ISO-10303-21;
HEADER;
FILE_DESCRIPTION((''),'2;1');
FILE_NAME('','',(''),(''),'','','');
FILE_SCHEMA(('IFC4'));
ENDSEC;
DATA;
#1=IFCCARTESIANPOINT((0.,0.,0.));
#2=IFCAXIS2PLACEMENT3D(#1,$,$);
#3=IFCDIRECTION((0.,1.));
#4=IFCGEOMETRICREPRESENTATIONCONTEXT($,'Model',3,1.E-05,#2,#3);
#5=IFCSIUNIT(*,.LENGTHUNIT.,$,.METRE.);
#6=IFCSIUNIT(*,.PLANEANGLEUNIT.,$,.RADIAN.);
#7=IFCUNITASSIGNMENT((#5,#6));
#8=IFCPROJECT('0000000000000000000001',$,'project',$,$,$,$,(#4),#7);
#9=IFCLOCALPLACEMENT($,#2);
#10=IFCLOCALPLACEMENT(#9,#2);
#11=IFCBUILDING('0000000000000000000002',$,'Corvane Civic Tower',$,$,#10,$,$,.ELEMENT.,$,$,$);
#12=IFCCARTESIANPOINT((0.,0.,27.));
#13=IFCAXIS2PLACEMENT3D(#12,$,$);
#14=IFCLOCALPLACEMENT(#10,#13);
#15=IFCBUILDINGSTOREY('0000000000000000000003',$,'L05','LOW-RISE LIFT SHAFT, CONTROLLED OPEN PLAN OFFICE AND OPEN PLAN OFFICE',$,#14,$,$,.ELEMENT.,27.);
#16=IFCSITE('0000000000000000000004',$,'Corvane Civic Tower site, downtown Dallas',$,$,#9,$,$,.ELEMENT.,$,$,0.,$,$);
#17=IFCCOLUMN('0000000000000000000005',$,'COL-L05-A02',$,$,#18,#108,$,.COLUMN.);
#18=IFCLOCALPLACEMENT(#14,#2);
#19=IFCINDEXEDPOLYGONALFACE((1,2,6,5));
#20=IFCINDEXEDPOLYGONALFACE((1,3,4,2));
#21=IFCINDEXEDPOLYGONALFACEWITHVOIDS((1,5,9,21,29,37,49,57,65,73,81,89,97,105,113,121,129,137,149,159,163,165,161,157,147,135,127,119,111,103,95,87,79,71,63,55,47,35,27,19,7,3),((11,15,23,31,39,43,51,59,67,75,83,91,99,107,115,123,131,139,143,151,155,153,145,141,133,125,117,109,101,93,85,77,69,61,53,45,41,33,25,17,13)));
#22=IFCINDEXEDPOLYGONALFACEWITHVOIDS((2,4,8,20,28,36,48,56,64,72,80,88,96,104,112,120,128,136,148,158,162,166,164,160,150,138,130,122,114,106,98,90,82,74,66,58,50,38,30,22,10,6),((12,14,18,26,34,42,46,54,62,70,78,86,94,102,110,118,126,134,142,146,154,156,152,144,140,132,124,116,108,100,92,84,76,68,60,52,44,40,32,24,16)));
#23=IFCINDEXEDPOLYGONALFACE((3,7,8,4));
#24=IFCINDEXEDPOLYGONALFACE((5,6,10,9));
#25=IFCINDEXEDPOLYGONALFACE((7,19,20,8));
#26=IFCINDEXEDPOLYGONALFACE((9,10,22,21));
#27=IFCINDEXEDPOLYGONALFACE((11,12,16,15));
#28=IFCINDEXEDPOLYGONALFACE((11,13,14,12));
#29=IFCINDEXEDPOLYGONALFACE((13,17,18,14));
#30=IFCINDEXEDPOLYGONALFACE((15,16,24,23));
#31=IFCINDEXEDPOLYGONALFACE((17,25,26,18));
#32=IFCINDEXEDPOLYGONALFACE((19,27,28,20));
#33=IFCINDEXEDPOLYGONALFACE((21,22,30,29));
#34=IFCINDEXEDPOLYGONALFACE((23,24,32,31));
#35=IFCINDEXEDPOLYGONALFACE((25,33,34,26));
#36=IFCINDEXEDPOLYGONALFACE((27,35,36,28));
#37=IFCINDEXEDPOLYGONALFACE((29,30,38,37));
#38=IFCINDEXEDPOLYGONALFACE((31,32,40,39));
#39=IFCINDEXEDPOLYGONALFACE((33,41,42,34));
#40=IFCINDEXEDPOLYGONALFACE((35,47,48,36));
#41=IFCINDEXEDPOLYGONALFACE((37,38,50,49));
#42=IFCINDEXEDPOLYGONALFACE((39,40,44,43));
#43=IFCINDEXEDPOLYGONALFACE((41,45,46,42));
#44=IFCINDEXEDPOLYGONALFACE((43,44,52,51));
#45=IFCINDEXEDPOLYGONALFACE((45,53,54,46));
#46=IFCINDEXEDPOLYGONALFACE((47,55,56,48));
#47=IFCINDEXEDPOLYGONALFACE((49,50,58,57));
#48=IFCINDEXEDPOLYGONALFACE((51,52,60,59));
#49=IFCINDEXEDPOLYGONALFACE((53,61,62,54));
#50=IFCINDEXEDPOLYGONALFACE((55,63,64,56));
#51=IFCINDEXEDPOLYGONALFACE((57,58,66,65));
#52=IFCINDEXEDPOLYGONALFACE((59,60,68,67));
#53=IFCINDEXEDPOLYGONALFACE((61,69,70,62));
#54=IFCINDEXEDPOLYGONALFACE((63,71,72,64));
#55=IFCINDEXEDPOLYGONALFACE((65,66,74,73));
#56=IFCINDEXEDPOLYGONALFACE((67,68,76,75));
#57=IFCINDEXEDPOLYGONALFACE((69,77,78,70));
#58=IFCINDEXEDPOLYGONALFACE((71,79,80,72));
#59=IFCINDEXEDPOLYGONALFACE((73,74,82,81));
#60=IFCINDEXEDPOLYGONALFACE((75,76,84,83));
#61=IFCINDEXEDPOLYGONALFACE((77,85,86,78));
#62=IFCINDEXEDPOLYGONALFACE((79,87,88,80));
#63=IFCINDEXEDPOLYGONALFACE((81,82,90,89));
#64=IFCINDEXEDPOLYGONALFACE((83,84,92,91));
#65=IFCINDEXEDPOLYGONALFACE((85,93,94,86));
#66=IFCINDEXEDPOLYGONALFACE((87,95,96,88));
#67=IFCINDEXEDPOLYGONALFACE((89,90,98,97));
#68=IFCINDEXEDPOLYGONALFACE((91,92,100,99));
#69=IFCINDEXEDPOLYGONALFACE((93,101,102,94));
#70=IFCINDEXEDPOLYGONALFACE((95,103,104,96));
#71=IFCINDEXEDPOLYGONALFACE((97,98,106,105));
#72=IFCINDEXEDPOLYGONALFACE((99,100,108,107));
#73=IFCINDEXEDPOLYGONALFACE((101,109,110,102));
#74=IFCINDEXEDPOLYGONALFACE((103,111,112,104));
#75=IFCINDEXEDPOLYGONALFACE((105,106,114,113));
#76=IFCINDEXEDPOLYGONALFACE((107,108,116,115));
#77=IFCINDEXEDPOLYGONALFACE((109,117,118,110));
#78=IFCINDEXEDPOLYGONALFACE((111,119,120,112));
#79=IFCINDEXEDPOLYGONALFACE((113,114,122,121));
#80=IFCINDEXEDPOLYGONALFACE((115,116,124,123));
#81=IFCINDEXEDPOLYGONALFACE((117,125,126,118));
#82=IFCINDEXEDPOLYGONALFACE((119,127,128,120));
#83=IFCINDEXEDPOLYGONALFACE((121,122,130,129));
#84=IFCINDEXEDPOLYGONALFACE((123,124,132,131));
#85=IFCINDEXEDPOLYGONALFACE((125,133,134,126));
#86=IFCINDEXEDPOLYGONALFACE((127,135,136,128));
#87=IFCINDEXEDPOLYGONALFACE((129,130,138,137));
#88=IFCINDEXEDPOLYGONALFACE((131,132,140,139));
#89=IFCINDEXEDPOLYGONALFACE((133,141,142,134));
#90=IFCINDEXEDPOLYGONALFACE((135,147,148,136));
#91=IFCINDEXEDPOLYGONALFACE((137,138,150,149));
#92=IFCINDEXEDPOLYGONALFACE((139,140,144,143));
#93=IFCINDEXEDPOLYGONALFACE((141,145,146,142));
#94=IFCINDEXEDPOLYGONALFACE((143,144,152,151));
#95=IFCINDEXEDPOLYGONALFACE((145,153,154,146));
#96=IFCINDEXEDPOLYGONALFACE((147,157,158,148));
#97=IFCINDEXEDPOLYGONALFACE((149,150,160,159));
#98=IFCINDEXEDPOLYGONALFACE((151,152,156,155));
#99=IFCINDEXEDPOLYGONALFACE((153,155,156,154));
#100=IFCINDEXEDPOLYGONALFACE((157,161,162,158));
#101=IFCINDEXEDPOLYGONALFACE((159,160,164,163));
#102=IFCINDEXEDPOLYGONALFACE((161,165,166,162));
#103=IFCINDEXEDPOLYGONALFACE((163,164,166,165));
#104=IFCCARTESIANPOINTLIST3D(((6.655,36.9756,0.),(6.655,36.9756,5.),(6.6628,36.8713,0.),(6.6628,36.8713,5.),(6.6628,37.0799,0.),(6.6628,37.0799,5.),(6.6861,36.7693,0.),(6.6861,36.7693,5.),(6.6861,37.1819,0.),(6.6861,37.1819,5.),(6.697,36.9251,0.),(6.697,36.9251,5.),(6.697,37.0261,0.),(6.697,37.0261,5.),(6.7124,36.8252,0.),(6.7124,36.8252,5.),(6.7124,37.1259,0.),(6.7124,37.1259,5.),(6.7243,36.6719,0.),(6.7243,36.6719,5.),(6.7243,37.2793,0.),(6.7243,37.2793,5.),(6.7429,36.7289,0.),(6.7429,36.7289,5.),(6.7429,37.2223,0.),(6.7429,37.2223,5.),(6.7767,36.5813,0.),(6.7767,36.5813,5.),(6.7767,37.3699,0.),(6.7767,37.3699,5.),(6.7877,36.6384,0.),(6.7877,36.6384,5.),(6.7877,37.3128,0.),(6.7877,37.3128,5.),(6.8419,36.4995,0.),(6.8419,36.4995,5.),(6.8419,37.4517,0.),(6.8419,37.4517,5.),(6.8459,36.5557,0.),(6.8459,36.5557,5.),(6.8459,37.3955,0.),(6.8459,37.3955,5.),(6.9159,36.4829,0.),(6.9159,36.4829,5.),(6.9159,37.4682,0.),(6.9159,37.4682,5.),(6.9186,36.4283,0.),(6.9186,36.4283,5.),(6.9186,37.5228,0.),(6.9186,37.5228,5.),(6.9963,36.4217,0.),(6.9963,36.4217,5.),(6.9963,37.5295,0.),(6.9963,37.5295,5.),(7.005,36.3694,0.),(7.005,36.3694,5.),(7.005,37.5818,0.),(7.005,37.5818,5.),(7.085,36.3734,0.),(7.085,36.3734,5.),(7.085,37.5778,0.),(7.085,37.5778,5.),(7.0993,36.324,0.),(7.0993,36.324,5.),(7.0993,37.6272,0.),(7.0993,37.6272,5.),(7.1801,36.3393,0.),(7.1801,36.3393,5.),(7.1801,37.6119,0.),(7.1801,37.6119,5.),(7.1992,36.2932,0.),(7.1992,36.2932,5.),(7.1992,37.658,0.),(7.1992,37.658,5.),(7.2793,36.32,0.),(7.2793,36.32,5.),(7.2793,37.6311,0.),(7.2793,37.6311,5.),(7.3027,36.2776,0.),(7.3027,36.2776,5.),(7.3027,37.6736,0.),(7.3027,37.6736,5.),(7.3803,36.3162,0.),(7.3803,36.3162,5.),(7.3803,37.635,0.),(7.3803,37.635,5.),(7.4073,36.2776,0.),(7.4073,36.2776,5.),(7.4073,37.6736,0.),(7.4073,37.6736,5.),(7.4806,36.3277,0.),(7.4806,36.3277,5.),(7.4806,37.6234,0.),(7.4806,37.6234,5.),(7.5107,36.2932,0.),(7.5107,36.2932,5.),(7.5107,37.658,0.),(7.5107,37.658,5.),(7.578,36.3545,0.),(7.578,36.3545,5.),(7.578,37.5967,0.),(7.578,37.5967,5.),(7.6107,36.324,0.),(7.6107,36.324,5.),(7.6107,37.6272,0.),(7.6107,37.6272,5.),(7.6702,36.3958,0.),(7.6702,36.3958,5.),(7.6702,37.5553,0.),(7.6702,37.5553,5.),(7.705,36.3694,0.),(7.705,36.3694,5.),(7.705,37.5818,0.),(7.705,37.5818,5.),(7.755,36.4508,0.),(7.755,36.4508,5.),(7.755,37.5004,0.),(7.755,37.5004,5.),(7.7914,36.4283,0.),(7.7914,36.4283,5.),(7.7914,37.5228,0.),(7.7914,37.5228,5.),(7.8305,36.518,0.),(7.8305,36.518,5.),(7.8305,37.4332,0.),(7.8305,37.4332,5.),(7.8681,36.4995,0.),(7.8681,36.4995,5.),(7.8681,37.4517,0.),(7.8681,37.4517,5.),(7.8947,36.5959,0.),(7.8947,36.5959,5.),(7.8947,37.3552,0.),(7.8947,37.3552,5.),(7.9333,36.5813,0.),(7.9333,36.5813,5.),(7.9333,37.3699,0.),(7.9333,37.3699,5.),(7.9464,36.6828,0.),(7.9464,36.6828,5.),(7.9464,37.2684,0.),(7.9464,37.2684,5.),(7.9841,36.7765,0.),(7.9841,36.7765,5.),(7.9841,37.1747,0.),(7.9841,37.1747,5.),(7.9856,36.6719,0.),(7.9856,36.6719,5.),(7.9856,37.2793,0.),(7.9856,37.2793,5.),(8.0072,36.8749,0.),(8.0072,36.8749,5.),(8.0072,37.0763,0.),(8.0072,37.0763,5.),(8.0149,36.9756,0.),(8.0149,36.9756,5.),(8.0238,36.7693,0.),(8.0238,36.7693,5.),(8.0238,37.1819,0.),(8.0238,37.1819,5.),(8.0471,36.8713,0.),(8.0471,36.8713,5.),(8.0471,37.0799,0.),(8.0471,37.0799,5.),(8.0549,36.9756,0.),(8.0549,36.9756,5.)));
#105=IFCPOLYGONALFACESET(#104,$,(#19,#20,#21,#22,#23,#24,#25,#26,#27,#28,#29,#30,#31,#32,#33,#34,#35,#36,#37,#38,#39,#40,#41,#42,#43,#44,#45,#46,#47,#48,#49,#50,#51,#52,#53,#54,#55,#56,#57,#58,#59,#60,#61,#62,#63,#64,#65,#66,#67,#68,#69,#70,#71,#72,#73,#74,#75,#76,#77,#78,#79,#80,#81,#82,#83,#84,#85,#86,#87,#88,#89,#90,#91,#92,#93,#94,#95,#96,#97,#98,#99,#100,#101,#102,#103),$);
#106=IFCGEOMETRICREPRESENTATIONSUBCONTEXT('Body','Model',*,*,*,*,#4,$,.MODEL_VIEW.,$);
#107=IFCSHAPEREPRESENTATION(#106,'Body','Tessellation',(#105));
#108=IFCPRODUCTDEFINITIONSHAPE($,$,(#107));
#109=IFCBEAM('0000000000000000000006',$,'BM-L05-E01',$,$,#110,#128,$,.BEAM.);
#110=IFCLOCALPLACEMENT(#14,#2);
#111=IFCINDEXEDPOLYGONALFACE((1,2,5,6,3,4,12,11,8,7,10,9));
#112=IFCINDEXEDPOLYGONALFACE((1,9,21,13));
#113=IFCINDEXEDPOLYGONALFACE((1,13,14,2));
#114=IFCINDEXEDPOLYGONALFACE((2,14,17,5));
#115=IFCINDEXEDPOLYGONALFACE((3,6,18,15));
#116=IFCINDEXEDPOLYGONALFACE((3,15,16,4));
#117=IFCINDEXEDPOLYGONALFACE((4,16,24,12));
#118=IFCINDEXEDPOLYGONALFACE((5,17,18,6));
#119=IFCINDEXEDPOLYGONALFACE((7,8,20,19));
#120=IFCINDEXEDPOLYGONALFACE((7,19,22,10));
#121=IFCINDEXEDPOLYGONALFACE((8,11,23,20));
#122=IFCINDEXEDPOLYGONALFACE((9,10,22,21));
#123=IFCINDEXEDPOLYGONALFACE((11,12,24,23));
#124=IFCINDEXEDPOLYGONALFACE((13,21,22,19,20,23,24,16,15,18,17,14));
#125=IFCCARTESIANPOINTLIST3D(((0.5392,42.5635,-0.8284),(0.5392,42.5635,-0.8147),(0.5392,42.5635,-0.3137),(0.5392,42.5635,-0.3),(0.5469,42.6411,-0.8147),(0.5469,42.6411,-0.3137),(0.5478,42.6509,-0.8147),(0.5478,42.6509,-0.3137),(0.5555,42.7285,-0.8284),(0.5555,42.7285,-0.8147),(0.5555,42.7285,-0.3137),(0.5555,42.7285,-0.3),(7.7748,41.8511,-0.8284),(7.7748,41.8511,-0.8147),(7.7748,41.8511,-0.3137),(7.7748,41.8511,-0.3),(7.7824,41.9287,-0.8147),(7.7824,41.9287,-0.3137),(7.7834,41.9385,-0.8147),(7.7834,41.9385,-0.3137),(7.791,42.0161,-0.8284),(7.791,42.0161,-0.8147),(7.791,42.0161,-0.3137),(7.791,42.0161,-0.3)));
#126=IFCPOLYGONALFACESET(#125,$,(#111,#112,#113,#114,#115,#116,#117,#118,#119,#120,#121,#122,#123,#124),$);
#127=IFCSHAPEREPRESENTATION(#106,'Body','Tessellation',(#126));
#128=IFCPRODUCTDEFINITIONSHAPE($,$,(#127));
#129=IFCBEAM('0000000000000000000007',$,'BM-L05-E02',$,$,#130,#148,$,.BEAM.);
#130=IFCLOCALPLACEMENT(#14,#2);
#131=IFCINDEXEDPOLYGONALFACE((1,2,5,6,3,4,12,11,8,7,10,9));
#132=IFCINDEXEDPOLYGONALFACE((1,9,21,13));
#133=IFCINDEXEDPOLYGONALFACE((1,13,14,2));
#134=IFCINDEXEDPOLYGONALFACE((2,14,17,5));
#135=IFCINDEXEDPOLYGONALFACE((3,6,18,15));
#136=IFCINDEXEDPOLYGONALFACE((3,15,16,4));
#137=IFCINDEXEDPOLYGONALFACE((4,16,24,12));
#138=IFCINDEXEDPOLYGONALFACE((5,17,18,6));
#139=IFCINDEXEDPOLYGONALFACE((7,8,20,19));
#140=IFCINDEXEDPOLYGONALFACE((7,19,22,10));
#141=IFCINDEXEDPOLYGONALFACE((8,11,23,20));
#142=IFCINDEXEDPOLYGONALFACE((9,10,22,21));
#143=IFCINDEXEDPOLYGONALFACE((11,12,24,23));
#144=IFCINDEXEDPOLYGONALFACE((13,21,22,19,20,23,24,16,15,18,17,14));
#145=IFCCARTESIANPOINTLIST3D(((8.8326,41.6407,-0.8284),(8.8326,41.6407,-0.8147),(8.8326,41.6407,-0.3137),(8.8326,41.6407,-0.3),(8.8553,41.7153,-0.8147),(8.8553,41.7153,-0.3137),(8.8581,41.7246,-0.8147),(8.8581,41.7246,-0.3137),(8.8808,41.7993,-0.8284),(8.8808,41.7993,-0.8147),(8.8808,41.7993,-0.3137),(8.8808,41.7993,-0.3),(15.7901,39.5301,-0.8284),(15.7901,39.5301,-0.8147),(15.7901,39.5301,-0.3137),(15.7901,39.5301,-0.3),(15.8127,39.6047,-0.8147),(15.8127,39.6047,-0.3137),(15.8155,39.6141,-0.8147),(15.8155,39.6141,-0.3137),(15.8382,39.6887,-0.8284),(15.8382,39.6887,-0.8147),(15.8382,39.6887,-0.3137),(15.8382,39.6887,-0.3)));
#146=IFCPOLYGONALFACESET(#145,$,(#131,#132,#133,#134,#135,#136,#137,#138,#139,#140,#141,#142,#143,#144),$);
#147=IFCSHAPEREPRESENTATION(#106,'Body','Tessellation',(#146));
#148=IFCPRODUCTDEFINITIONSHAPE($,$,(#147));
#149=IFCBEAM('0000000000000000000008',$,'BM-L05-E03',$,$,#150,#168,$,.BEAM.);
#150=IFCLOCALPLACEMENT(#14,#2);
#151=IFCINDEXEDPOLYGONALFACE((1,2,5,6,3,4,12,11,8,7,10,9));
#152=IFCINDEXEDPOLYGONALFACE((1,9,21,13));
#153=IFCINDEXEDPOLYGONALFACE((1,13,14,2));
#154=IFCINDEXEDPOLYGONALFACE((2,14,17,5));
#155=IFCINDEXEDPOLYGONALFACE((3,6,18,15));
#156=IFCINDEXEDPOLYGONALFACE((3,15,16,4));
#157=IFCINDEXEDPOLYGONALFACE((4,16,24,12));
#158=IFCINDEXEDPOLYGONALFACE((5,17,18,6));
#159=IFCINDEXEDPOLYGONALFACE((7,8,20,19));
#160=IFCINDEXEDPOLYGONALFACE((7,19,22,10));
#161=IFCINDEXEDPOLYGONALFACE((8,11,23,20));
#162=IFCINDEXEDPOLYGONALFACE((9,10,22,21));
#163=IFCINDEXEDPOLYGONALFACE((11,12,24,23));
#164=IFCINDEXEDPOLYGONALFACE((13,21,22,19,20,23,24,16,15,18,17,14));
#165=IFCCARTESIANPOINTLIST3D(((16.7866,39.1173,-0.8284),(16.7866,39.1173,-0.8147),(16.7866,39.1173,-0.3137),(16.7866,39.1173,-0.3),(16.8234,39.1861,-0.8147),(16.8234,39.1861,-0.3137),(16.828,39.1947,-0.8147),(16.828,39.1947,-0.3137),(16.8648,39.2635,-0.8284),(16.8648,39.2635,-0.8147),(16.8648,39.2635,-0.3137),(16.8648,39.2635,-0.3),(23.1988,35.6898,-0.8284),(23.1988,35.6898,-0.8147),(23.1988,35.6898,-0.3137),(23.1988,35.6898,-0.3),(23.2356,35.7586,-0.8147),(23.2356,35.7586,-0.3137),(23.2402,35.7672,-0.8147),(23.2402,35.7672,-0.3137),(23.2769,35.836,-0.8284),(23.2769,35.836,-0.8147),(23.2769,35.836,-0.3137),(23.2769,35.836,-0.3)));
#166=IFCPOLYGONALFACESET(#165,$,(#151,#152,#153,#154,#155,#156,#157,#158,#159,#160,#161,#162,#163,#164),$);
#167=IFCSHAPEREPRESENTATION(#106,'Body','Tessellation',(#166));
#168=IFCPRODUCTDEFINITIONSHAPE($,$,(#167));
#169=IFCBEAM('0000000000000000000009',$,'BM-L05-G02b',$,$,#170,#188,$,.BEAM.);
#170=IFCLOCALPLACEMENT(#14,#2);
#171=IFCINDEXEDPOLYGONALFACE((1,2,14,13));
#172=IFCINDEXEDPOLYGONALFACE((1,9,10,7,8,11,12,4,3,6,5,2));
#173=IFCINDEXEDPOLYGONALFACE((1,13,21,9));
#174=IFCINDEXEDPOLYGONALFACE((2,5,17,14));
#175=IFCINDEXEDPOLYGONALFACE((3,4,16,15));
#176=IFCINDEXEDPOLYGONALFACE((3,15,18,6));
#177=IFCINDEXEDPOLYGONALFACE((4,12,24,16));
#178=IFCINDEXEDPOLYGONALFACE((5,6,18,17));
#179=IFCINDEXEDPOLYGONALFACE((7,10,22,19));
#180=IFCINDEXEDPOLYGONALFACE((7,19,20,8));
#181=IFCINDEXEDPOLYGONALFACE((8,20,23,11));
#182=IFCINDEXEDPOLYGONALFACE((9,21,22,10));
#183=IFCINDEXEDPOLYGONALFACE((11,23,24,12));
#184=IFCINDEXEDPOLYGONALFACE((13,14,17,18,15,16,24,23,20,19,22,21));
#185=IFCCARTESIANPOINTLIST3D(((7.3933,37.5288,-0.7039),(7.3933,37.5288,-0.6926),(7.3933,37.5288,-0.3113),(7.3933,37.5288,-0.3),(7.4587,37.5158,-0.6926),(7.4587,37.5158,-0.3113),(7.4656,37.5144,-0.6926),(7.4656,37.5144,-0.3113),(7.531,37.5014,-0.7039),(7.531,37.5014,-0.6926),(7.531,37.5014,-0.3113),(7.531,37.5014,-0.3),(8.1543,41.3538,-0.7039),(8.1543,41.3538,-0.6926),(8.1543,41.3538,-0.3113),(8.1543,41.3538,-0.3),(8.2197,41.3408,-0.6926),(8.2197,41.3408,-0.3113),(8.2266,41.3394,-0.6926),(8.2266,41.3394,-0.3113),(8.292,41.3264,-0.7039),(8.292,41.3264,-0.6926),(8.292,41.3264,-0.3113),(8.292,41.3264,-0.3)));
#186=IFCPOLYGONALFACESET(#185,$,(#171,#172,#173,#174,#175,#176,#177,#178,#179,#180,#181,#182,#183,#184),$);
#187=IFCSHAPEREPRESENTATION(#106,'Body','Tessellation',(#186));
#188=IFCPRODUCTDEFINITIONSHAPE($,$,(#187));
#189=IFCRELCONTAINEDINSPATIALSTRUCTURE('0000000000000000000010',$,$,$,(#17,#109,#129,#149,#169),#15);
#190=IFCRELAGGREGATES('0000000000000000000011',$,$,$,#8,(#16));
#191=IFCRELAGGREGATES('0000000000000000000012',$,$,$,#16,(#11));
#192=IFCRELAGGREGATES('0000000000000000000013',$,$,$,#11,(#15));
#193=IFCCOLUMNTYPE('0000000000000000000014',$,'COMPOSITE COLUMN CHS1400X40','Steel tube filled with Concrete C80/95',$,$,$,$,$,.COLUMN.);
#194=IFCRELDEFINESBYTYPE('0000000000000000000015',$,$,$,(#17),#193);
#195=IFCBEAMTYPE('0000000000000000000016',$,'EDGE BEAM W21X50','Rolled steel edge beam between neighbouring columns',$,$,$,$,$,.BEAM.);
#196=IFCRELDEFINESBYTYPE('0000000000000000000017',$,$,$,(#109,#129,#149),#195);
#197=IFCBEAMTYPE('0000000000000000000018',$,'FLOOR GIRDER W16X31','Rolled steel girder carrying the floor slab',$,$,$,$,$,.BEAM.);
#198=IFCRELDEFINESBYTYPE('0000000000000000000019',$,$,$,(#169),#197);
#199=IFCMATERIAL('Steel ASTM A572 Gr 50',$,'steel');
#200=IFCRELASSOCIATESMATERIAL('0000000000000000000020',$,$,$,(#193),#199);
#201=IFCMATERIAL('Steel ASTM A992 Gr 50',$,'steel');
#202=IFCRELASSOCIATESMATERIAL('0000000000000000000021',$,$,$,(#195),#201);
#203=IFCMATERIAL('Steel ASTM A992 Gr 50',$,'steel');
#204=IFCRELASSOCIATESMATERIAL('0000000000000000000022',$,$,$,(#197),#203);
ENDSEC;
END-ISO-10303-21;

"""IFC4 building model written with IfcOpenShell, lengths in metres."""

from ifc_helpers import new_model, si_unit, direction, frame, origin, origin_2d, place, context, subcontext, project, spatial, hollow_circle, i_section, extrude, material, material_profile, profile_set, type_object, element, save


model = new_model("IFC4")

# Units and contexts
model_context = context("Model", 3, precision=1e-05, world=origin(), true_north=direction((0.0, 1.0)))
body_context = subcontext(model_context, "Body", "Model", "MODEL_VIEW")
ifc_project = project(units=[si_unit("LENGTHUNIT", "METRE"), si_unit("PLANEANGLEUNIT", "RADIAN")], contexts=[model_context])

# Site, building, storey
site_placement = place(None, origin())
site = spatial("IfcSite", under=ifc_project, at=site_placement, Name="Corvane Civic Tower site, downtown Dallas", CompositionType="ELEMENT", RefElevation=0.0)
building_placement = place(site_placement, origin())
building = spatial("IfcBuilding", under=site, at=building_placement, Name="Corvane Civic Tower", CompositionType="ELEMENT")
storey_placement = place(building_placement, frame((0.0, 0.0, 27.0)))
storey = spatial("IfcBuildingStorey", under=building, at=storey_placement, Name="L05", Description="LOW-RISE LIFT SHAFT, CONTROLLED OPEN PLAN OFFICE AND OPEN PLAN OFFICE", CompositionType="ELEMENT", Elevation=27.0)

# Column
ifc_material_1 = material(Name="Steel ASTM A572 Gr 50", Category="steel")
ifc_material_profile_1 = material_profile(ifc_material_1, hollow_circle(Radius=0.7, WallThickness=0.04, at=origin_2d()), Name="CHS1400X40")
ifc_profile_set_1 = profile_set([ifc_material_profile_1], Name="Steel ASTM A572 Gr 50")
column_type_1 = type_object("IfcColumnType", Name="COMPOSITE COLUMN CHS1400X40", Description="Steel tube filled with Concrete C80/95", PredefinedType="COLUMN", material=ifc_profile_set_1)
column_placement = place(storey_placement, frame((7.355, 36.9756, 0.0), z_axis=(0.0, 0.0, 1.0), x_axis=(1.0, 0.0, 0.0)))
element("IfcColumn", 1, at=column_placement, inside=storey, type_object=column_type_1, Name="COL-L05-A02", PredefinedType="COLUMN", context=body_context, shape_type="SweptSolid", body=[
    extrude(hollow_circle(Radius=0.7, WallThickness=0.04, at=origin_2d()), origin(), (0.0, 0.0, 1.0), 5.0),
])

# Beams
ifc_material_2 = material(Name="Steel ASTM A992 Gr 50", Category="steel")
ifc_material_profile_2 = material_profile(ifc_material_2, i_section(OverallWidth=0.1658, OverallDepth=0.5283, WebThickness=0.0098, FlangeThickness=0.0137, at=origin_2d()), Name="W21X50")
ifc_profile_set_2 = profile_set([ifc_material_profile_2], Name="Steel ASTM A992 Gr 50")
beam_type_1 = type_object("IfcBeamType", Name="EDGE BEAM W21X50", Description="Rolled steel edge beam between neighbouring columns", PredefinedType="BEAM", material=ifc_profile_set_2)
for number, where, z_axis, x_axis, name in (
    (2, (0.5474, 42.646, -0.5642), (0.995188, -0.097984, 0.0), (0.097984, 0.995188, 0.0), "BM-L05-E01"),
    (3, (8.8567, 41.72, -0.5642), (0.956938, -0.290292, 0.0), (0.290292, 0.956938, 0.0), "BM-L05-E02"),
):
    element("IfcBeam", number, at=place(storey_placement, frame(where, z_axis=z_axis, x_axis=x_axis)), inside=storey, type_object=beam_type_1, Name=name, PredefinedType="BEAM", context=body_context, shape_type="SweptSolid", body=[
        extrude(i_section(OverallWidth=0.1658, OverallDepth=0.5283, WebThickness=0.0098, FlangeThickness=0.0137, at=origin_2d()), origin(), (0.0, 0.0, 1.0), 7.2705),
    ])
beam_1_placement = place(storey_placement, frame((16.8257, 39.1904, -0.5642), z_axis=(0.881913, -0.471412, 0.0), x_axis=(0.471412, 0.881913, 0.0)))
element("IfcBeam", 4, at=beam_1_placement, inside=storey, type_object=beam_type_1, Name="BM-L05-E03", PredefinedType="BEAM", context=body_context, shape_type="SweptSolid", body=[
    extrude(i_section(OverallWidth=0.1658, OverallDepth=0.5283, WebThickness=0.0098, FlangeThickness=0.0137, at=origin_2d()), origin(), (0.0, 0.0, 1.0), 7.2708),
])
ifc_material_3 = material(Name="Steel ASTM A992 Gr 50", Category="steel")
ifc_material_profile_3 = material_profile(ifc_material_3, i_section(OverallWidth=0.1404, OverallDepth=0.4038, WebThickness=0.0071, FlangeThickness=0.0112, at=origin_2d()), Name="W16X31")
ifc_profile_set_3 = profile_set([ifc_material_profile_3], Name="Steel ASTM A992 Gr 50")
beam_type_2 = type_object("IfcBeamType", Name="FLOOR GIRDER W16X31", Description="Rolled steel girder carrying the floor slab", PredefinedType="BEAM", material=ifc_profile_set_3)
beam_2_placement = place(storey_placement, frame((7.4622, 37.5151, -0.502), z_axis=(0.195129, 0.980778, 0.0), x_axis=(-0.980778, 0.195129, 0.0)))
element("IfcBeam", 5, at=beam_2_placement, inside=storey, type_object=beam_type_2, Name="BM-L05-G02b", PredefinedType="BEAM", context=body_context, shape_type="SweptSolid", body=[
    extrude(i_section(OverallWidth=0.1404, OverallDepth=0.4038, WebThickness=0.0071, FlangeThickness=0.0112, at=origin_2d()), origin(), (0.0, 0.0, 1.0), 3.8999),
])

save(model, "model.ifc")
